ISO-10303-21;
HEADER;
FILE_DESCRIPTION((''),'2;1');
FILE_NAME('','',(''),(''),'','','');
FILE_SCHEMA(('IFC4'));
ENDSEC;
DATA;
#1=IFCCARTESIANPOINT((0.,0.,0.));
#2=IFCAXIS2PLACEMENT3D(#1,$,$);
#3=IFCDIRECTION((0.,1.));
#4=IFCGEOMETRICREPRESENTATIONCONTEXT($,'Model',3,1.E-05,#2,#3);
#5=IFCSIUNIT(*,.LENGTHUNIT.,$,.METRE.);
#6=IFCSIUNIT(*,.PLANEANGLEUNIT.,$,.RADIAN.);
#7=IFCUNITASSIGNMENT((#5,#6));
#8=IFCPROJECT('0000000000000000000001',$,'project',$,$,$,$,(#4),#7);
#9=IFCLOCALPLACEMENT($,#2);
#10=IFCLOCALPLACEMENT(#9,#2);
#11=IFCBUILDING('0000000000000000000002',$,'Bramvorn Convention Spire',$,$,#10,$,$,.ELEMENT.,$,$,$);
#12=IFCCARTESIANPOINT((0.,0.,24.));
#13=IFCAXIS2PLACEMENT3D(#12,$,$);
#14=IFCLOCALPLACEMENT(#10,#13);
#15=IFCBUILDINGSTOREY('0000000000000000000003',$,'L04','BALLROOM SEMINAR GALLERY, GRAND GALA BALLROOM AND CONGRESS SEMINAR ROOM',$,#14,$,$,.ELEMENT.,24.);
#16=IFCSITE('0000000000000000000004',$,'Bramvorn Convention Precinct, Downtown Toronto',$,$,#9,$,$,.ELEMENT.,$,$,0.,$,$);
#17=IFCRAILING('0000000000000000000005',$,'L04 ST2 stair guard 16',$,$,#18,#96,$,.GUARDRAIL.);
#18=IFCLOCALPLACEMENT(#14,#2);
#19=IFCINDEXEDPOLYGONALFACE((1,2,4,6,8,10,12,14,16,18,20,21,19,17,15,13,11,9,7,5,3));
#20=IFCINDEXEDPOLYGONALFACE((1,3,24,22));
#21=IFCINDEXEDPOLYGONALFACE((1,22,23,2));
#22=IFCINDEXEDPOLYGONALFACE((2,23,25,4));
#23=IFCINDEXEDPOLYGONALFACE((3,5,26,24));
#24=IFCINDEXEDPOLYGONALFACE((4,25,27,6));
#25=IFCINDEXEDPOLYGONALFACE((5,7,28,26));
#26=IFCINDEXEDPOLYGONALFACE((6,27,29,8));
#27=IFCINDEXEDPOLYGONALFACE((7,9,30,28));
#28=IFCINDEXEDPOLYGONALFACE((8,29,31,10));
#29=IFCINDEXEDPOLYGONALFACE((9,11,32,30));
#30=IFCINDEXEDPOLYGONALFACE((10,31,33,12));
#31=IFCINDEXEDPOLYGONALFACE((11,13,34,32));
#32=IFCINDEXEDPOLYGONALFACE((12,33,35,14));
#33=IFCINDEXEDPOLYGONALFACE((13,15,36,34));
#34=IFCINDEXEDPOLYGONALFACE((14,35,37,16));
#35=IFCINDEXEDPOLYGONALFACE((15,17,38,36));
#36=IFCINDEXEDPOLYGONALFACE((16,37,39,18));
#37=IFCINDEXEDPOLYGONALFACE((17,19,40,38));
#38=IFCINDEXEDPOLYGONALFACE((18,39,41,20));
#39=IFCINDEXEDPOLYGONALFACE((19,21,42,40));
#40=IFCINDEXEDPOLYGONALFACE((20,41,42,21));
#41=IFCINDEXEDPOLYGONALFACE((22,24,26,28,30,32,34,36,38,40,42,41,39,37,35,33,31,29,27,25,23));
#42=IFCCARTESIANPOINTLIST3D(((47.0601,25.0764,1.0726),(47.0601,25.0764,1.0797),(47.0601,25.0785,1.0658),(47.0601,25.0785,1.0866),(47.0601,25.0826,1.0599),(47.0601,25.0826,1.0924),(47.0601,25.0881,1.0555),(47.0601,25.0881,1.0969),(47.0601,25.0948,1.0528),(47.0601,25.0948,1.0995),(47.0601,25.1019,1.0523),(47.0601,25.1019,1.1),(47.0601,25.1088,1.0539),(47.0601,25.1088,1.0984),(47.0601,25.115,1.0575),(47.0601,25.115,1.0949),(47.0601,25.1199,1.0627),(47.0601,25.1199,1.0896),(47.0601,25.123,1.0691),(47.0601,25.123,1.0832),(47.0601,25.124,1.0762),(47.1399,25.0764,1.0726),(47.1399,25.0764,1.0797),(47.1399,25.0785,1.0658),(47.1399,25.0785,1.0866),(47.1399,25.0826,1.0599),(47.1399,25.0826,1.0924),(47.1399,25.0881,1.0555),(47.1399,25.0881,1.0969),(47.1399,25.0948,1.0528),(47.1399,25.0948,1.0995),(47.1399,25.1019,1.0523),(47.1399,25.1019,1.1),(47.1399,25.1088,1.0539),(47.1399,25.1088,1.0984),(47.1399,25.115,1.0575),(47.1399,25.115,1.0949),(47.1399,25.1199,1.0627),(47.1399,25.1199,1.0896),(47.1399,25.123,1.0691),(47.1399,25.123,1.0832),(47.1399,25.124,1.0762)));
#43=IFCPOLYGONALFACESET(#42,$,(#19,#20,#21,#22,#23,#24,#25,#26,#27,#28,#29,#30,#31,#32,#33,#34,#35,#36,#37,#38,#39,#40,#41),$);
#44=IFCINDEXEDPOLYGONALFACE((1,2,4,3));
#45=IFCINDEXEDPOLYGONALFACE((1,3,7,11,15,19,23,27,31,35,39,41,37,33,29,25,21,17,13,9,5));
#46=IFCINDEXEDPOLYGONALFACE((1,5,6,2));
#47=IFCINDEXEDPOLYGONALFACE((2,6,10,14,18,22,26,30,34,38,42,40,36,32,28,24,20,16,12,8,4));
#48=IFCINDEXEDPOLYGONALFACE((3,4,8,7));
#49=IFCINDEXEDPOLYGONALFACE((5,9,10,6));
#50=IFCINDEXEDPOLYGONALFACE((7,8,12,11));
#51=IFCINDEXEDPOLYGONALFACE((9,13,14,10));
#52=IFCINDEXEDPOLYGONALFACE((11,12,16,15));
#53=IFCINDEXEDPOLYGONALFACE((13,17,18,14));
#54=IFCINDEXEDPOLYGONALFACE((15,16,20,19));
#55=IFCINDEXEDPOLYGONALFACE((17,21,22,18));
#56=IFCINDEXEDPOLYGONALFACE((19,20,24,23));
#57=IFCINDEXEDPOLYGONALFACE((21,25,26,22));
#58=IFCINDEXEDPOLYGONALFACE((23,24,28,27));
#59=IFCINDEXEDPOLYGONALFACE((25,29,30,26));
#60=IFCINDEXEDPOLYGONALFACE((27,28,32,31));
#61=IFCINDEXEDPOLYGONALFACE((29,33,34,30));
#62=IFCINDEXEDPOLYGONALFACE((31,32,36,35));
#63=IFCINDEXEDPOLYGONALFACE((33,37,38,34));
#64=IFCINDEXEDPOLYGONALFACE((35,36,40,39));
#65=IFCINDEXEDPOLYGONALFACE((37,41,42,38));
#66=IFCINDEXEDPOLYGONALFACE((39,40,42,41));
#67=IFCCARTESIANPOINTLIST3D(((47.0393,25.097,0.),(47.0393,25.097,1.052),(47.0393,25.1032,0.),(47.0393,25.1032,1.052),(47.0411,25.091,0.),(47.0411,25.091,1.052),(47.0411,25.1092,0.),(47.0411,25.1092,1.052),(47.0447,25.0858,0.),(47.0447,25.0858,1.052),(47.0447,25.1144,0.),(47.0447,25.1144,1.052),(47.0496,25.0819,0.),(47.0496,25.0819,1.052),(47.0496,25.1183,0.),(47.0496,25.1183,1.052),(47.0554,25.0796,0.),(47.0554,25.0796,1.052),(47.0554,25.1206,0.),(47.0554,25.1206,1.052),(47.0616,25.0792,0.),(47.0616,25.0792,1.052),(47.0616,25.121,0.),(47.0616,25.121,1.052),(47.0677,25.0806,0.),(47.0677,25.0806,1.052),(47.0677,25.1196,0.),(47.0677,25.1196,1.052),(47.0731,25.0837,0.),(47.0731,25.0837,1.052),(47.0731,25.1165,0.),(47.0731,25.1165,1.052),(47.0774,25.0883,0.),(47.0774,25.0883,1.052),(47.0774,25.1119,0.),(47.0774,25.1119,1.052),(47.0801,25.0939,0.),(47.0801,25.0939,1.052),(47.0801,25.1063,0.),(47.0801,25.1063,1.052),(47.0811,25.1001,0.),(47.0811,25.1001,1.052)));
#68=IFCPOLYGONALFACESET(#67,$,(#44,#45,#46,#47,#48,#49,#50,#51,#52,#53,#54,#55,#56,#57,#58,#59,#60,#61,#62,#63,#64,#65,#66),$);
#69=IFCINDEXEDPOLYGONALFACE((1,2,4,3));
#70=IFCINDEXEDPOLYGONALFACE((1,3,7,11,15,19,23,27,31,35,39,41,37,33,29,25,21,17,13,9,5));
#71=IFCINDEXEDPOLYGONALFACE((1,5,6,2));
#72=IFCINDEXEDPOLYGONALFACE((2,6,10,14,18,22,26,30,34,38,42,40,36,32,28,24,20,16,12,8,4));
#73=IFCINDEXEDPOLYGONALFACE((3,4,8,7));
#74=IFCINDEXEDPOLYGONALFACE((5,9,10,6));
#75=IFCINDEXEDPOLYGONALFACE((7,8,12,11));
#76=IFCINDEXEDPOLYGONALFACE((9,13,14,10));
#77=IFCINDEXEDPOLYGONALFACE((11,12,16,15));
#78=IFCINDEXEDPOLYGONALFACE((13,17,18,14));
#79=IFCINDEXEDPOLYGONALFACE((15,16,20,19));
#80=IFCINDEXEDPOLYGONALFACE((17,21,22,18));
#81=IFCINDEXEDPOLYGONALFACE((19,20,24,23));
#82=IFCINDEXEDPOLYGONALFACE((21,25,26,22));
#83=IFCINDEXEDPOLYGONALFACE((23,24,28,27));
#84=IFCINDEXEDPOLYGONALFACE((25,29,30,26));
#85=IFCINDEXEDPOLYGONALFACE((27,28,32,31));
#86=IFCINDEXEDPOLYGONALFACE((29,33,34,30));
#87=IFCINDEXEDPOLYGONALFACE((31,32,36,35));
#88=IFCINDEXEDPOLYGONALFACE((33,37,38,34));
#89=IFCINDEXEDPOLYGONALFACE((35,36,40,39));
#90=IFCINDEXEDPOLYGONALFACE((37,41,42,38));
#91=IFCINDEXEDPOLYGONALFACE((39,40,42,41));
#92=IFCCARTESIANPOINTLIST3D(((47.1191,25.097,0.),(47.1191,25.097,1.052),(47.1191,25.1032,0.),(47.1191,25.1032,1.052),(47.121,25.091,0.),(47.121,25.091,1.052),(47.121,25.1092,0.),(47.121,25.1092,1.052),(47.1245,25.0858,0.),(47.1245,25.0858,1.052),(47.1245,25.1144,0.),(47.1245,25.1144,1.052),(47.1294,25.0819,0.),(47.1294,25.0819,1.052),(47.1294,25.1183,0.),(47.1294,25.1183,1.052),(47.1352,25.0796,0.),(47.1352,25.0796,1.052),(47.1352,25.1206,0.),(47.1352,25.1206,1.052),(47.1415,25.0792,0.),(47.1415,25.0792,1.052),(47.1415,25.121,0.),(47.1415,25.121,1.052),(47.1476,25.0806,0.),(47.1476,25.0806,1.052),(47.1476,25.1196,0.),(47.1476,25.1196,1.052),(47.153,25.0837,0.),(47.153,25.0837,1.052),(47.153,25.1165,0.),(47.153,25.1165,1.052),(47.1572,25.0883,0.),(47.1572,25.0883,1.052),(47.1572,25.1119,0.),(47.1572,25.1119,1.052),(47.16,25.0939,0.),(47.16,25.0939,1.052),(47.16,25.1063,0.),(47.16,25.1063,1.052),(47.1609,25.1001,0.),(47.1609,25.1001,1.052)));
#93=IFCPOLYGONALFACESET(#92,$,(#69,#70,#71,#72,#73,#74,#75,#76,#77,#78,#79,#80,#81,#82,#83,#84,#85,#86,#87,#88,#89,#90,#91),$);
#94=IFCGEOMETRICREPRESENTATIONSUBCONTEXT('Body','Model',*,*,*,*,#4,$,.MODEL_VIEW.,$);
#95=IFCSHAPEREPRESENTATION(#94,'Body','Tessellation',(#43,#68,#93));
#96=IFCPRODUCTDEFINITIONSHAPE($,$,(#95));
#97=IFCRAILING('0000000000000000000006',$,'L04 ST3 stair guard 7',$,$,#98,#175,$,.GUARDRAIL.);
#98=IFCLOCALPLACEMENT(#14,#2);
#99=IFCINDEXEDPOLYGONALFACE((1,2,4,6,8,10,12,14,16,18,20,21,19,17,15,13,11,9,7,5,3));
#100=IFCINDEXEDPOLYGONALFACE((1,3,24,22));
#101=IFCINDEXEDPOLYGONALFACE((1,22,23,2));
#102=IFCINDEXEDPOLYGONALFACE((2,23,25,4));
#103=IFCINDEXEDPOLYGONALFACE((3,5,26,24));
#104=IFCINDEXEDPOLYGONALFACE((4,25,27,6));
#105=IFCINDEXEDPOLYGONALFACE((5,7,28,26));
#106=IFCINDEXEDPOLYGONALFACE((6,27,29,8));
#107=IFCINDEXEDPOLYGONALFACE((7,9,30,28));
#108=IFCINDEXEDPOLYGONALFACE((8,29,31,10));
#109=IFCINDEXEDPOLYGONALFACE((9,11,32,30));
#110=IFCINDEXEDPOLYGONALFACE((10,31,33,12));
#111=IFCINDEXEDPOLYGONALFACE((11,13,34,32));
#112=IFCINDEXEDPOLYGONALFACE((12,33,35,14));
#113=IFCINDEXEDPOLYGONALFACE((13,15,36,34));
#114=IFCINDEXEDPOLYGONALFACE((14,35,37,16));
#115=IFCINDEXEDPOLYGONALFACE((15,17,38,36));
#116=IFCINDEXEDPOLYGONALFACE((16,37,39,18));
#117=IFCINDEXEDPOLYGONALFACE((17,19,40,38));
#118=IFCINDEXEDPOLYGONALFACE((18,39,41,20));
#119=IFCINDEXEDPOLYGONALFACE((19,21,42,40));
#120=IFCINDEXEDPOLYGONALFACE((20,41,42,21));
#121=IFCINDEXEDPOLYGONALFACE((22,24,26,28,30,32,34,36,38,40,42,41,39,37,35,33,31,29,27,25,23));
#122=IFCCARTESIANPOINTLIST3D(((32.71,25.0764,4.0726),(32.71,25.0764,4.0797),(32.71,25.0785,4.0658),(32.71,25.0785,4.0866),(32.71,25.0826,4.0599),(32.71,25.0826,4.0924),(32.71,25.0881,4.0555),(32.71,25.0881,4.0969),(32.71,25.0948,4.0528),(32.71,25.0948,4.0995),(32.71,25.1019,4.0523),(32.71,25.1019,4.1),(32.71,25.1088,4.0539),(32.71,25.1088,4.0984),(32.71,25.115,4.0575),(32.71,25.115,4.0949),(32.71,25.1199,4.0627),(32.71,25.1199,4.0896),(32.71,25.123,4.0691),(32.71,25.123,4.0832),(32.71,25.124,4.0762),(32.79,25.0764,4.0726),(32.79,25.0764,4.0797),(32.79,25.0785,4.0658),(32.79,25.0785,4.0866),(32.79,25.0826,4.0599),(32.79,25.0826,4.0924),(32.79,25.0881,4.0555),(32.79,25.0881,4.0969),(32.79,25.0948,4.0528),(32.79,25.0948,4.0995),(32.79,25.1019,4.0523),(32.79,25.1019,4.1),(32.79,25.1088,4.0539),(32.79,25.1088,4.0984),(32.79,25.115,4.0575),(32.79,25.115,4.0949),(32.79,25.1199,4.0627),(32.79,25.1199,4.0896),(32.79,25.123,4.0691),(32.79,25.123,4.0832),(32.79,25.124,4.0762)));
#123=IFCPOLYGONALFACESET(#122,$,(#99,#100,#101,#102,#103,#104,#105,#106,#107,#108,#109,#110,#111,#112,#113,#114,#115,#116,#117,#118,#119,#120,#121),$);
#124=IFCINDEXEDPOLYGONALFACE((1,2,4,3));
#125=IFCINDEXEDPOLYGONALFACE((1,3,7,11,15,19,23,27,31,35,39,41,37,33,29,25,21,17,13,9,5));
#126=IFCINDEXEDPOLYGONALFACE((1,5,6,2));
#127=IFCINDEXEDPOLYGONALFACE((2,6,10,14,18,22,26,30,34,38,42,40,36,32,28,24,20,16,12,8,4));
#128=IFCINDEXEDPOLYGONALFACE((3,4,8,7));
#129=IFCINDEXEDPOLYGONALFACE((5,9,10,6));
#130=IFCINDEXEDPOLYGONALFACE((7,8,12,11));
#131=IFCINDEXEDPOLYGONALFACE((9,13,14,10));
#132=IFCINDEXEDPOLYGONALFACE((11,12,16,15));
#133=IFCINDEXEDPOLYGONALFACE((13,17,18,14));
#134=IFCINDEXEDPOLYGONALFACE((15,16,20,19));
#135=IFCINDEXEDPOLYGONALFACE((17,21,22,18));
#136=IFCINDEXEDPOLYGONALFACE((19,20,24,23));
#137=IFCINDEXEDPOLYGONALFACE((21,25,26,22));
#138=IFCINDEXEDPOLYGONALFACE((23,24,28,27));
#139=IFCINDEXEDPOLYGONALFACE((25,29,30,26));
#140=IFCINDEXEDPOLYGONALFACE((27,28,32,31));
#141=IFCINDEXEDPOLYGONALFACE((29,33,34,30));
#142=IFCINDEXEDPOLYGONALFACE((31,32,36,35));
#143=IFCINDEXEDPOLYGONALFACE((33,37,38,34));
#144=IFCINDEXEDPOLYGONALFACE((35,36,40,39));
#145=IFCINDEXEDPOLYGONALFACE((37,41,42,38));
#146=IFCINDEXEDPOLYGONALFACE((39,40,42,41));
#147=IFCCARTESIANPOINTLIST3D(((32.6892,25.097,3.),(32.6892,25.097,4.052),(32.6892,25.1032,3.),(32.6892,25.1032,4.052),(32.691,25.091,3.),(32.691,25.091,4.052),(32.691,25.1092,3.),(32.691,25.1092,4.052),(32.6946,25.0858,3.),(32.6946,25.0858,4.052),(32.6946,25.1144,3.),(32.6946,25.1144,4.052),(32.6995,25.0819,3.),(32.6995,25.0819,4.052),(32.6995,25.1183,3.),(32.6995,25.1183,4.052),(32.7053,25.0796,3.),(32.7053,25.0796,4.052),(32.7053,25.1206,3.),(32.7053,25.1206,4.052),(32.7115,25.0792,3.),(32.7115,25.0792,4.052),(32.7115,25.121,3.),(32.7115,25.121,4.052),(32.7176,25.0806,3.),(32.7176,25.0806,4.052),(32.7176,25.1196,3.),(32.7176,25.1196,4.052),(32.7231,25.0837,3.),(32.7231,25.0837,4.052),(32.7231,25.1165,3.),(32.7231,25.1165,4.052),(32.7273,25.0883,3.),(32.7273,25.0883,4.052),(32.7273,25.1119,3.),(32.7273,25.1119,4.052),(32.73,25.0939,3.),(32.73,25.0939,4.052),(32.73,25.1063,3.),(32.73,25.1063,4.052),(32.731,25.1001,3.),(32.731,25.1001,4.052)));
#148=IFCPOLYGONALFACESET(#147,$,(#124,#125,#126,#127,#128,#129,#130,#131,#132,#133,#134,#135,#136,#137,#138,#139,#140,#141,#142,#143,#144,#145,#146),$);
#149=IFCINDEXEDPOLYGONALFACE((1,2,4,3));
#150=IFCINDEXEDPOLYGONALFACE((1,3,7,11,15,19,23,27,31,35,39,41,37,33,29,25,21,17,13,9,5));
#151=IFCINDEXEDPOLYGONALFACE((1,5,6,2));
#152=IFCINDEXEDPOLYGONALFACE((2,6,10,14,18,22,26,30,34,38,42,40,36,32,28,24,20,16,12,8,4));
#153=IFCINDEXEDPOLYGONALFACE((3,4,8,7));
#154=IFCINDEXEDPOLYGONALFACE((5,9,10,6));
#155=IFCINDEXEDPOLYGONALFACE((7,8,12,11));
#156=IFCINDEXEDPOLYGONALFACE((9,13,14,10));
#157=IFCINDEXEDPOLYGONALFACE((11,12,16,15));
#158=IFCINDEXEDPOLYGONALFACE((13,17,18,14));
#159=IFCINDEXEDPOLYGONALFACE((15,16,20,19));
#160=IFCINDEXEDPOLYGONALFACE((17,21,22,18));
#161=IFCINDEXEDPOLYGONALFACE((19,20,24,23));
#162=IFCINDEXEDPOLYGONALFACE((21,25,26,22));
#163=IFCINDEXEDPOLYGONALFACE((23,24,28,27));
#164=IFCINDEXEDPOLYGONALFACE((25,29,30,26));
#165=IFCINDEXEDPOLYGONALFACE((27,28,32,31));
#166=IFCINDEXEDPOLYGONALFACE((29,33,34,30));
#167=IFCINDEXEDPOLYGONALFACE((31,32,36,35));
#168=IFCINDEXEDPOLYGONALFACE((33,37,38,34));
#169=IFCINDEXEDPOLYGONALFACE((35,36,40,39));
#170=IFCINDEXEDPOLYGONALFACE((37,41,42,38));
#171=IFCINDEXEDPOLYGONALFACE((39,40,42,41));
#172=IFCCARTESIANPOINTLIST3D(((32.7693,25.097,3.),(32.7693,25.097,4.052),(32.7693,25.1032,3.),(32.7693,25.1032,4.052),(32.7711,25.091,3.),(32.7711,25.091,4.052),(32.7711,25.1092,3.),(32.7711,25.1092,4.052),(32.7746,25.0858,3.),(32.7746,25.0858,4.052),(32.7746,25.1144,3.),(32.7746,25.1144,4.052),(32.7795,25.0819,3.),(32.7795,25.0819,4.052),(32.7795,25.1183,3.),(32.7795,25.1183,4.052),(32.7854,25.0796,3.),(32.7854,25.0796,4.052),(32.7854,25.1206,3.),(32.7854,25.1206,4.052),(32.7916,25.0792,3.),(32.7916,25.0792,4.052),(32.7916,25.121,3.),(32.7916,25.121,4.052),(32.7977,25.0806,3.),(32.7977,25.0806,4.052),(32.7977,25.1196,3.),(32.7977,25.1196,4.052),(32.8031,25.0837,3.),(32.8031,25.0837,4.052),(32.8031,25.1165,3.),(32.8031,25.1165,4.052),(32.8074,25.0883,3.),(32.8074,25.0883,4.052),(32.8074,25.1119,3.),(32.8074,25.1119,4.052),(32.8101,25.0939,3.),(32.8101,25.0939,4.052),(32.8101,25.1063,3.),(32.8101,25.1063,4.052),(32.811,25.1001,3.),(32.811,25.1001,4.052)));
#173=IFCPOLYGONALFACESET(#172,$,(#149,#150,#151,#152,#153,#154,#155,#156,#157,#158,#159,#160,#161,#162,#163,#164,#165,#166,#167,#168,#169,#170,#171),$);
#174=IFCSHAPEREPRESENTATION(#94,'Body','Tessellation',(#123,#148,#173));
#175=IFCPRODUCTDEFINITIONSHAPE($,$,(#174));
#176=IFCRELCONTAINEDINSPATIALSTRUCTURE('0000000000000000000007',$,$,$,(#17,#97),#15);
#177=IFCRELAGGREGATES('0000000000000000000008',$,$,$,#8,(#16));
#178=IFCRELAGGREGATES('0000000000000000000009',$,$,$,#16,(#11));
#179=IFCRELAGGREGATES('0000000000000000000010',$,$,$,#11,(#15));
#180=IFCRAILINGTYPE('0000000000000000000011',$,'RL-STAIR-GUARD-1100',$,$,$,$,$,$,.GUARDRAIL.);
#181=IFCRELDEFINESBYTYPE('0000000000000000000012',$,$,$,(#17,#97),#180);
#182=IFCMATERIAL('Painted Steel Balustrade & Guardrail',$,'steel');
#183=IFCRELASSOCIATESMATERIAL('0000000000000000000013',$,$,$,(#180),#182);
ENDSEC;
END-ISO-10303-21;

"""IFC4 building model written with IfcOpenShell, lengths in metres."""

from ifc_helpers import new_model, si_unit, direction, frame, origin, origin_2d, place, context, subcontext, project, spatial, circle, extrude, material, type_object, element, save


model = new_model("IFC4")

# Units and contexts
model_context = context("Model", 3, precision=1e-05, world=origin(), true_north=direction((0.0, 1.0)))
body_context = subcontext(model_context, "Body", "Model", "MODEL_VIEW")
ifc_project = project(units=[si_unit("LENGTHUNIT", "METRE"), si_unit("PLANEANGLEUNIT", "RADIAN")], contexts=[model_context])

# Site, building, storey
site_placement = place(None, origin())
site = spatial("IfcSite", under=ifc_project, at=site_placement, Name="Bramvorn Convention Precinct, Downtown Toronto", CompositionType="ELEMENT", RefElevation=0.0)
building_placement = place(site_placement, origin())
building = spatial("IfcBuilding", under=site, at=building_placement, Name="Bramvorn Convention Spire", CompositionType="ELEMENT")
storey_placement = place(building_placement, frame((0.0, 0.0, 24.0)))
storey = spatial("IfcBuildingStorey", under=building, at=storey_placement, Name="L04", Description="BALLROOM SEMINAR GALLERY, GRAND GALA BALLROOM AND CONGRESS SEMINAR ROOM", CompositionType="ELEMENT", Elevation=24.0)

# Railings
ifc_material_1 = material(Name="Painted Steel Balustrade & Guardrail", Category="steel")
railing_type_1 = type_object("IfcRailingType", Name="RL-STAIR-GUARD-1100", PredefinedType="GUARDRAIL", material=ifc_material_1)
railing_1_placement = place(storey_placement, frame((47.0601, 25.1001, 0.0)))
element("IfcRailing", 1, at=railing_1_placement, inside=storey, type_object=railing_type_1, Name="L04 ST2 stair guard 16", PredefinedType="GUARDRAIL", context=body_context, shape_type="SweptSolid", body=[
    extrude(circle(Radius=0.0239, at=origin_2d()), frame((0.0, 0.0, 1.0762), z_axis=(1.0, 0.0, 0.0), x_axis=(0.0, 1.0, 0.0)), (0.0, 0.0, 1.0), 0.0798),
    extrude(circle(Radius=0.021, at=origin_2d()), origin(), (0.0, 0.0, 1.0), 1.052),
    extrude(circle(Radius=0.021, at=origin_2d()), frame((0.0798, 0.0, 0.0)), (0.0, 0.0, 1.0), 1.052),
])
railing_2_placement = place(storey_placement, frame((32.71, 25.1001, 3.0)))
element("IfcRailing", 2, at=railing_2_placement, inside=storey, type_object=railing_type_1, Name="L04 ST3 stair guard 7", PredefinedType="GUARDRAIL", context=body_context, shape_type="SweptSolid", body=[
    extrude(circle(Radius=0.0239, at=origin_2d()), frame((0.0, 0.0, 1.0762), z_axis=(1.0, 0.0, 0.0), x_axis=(0.0, 1.0, 0.0)), (0.0, 0.0, 1.0), 0.0801),
    extrude(circle(Radius=0.021, at=origin_2d()), origin(), (0.0, 0.0, 1.0), 1.052),
    extrude(circle(Radius=0.021, at=origin_2d()), frame((0.0801, 0.0, 0.0)), (0.0, 0.0, 1.0), 1.052),
])

save(model, "model.ifc")
